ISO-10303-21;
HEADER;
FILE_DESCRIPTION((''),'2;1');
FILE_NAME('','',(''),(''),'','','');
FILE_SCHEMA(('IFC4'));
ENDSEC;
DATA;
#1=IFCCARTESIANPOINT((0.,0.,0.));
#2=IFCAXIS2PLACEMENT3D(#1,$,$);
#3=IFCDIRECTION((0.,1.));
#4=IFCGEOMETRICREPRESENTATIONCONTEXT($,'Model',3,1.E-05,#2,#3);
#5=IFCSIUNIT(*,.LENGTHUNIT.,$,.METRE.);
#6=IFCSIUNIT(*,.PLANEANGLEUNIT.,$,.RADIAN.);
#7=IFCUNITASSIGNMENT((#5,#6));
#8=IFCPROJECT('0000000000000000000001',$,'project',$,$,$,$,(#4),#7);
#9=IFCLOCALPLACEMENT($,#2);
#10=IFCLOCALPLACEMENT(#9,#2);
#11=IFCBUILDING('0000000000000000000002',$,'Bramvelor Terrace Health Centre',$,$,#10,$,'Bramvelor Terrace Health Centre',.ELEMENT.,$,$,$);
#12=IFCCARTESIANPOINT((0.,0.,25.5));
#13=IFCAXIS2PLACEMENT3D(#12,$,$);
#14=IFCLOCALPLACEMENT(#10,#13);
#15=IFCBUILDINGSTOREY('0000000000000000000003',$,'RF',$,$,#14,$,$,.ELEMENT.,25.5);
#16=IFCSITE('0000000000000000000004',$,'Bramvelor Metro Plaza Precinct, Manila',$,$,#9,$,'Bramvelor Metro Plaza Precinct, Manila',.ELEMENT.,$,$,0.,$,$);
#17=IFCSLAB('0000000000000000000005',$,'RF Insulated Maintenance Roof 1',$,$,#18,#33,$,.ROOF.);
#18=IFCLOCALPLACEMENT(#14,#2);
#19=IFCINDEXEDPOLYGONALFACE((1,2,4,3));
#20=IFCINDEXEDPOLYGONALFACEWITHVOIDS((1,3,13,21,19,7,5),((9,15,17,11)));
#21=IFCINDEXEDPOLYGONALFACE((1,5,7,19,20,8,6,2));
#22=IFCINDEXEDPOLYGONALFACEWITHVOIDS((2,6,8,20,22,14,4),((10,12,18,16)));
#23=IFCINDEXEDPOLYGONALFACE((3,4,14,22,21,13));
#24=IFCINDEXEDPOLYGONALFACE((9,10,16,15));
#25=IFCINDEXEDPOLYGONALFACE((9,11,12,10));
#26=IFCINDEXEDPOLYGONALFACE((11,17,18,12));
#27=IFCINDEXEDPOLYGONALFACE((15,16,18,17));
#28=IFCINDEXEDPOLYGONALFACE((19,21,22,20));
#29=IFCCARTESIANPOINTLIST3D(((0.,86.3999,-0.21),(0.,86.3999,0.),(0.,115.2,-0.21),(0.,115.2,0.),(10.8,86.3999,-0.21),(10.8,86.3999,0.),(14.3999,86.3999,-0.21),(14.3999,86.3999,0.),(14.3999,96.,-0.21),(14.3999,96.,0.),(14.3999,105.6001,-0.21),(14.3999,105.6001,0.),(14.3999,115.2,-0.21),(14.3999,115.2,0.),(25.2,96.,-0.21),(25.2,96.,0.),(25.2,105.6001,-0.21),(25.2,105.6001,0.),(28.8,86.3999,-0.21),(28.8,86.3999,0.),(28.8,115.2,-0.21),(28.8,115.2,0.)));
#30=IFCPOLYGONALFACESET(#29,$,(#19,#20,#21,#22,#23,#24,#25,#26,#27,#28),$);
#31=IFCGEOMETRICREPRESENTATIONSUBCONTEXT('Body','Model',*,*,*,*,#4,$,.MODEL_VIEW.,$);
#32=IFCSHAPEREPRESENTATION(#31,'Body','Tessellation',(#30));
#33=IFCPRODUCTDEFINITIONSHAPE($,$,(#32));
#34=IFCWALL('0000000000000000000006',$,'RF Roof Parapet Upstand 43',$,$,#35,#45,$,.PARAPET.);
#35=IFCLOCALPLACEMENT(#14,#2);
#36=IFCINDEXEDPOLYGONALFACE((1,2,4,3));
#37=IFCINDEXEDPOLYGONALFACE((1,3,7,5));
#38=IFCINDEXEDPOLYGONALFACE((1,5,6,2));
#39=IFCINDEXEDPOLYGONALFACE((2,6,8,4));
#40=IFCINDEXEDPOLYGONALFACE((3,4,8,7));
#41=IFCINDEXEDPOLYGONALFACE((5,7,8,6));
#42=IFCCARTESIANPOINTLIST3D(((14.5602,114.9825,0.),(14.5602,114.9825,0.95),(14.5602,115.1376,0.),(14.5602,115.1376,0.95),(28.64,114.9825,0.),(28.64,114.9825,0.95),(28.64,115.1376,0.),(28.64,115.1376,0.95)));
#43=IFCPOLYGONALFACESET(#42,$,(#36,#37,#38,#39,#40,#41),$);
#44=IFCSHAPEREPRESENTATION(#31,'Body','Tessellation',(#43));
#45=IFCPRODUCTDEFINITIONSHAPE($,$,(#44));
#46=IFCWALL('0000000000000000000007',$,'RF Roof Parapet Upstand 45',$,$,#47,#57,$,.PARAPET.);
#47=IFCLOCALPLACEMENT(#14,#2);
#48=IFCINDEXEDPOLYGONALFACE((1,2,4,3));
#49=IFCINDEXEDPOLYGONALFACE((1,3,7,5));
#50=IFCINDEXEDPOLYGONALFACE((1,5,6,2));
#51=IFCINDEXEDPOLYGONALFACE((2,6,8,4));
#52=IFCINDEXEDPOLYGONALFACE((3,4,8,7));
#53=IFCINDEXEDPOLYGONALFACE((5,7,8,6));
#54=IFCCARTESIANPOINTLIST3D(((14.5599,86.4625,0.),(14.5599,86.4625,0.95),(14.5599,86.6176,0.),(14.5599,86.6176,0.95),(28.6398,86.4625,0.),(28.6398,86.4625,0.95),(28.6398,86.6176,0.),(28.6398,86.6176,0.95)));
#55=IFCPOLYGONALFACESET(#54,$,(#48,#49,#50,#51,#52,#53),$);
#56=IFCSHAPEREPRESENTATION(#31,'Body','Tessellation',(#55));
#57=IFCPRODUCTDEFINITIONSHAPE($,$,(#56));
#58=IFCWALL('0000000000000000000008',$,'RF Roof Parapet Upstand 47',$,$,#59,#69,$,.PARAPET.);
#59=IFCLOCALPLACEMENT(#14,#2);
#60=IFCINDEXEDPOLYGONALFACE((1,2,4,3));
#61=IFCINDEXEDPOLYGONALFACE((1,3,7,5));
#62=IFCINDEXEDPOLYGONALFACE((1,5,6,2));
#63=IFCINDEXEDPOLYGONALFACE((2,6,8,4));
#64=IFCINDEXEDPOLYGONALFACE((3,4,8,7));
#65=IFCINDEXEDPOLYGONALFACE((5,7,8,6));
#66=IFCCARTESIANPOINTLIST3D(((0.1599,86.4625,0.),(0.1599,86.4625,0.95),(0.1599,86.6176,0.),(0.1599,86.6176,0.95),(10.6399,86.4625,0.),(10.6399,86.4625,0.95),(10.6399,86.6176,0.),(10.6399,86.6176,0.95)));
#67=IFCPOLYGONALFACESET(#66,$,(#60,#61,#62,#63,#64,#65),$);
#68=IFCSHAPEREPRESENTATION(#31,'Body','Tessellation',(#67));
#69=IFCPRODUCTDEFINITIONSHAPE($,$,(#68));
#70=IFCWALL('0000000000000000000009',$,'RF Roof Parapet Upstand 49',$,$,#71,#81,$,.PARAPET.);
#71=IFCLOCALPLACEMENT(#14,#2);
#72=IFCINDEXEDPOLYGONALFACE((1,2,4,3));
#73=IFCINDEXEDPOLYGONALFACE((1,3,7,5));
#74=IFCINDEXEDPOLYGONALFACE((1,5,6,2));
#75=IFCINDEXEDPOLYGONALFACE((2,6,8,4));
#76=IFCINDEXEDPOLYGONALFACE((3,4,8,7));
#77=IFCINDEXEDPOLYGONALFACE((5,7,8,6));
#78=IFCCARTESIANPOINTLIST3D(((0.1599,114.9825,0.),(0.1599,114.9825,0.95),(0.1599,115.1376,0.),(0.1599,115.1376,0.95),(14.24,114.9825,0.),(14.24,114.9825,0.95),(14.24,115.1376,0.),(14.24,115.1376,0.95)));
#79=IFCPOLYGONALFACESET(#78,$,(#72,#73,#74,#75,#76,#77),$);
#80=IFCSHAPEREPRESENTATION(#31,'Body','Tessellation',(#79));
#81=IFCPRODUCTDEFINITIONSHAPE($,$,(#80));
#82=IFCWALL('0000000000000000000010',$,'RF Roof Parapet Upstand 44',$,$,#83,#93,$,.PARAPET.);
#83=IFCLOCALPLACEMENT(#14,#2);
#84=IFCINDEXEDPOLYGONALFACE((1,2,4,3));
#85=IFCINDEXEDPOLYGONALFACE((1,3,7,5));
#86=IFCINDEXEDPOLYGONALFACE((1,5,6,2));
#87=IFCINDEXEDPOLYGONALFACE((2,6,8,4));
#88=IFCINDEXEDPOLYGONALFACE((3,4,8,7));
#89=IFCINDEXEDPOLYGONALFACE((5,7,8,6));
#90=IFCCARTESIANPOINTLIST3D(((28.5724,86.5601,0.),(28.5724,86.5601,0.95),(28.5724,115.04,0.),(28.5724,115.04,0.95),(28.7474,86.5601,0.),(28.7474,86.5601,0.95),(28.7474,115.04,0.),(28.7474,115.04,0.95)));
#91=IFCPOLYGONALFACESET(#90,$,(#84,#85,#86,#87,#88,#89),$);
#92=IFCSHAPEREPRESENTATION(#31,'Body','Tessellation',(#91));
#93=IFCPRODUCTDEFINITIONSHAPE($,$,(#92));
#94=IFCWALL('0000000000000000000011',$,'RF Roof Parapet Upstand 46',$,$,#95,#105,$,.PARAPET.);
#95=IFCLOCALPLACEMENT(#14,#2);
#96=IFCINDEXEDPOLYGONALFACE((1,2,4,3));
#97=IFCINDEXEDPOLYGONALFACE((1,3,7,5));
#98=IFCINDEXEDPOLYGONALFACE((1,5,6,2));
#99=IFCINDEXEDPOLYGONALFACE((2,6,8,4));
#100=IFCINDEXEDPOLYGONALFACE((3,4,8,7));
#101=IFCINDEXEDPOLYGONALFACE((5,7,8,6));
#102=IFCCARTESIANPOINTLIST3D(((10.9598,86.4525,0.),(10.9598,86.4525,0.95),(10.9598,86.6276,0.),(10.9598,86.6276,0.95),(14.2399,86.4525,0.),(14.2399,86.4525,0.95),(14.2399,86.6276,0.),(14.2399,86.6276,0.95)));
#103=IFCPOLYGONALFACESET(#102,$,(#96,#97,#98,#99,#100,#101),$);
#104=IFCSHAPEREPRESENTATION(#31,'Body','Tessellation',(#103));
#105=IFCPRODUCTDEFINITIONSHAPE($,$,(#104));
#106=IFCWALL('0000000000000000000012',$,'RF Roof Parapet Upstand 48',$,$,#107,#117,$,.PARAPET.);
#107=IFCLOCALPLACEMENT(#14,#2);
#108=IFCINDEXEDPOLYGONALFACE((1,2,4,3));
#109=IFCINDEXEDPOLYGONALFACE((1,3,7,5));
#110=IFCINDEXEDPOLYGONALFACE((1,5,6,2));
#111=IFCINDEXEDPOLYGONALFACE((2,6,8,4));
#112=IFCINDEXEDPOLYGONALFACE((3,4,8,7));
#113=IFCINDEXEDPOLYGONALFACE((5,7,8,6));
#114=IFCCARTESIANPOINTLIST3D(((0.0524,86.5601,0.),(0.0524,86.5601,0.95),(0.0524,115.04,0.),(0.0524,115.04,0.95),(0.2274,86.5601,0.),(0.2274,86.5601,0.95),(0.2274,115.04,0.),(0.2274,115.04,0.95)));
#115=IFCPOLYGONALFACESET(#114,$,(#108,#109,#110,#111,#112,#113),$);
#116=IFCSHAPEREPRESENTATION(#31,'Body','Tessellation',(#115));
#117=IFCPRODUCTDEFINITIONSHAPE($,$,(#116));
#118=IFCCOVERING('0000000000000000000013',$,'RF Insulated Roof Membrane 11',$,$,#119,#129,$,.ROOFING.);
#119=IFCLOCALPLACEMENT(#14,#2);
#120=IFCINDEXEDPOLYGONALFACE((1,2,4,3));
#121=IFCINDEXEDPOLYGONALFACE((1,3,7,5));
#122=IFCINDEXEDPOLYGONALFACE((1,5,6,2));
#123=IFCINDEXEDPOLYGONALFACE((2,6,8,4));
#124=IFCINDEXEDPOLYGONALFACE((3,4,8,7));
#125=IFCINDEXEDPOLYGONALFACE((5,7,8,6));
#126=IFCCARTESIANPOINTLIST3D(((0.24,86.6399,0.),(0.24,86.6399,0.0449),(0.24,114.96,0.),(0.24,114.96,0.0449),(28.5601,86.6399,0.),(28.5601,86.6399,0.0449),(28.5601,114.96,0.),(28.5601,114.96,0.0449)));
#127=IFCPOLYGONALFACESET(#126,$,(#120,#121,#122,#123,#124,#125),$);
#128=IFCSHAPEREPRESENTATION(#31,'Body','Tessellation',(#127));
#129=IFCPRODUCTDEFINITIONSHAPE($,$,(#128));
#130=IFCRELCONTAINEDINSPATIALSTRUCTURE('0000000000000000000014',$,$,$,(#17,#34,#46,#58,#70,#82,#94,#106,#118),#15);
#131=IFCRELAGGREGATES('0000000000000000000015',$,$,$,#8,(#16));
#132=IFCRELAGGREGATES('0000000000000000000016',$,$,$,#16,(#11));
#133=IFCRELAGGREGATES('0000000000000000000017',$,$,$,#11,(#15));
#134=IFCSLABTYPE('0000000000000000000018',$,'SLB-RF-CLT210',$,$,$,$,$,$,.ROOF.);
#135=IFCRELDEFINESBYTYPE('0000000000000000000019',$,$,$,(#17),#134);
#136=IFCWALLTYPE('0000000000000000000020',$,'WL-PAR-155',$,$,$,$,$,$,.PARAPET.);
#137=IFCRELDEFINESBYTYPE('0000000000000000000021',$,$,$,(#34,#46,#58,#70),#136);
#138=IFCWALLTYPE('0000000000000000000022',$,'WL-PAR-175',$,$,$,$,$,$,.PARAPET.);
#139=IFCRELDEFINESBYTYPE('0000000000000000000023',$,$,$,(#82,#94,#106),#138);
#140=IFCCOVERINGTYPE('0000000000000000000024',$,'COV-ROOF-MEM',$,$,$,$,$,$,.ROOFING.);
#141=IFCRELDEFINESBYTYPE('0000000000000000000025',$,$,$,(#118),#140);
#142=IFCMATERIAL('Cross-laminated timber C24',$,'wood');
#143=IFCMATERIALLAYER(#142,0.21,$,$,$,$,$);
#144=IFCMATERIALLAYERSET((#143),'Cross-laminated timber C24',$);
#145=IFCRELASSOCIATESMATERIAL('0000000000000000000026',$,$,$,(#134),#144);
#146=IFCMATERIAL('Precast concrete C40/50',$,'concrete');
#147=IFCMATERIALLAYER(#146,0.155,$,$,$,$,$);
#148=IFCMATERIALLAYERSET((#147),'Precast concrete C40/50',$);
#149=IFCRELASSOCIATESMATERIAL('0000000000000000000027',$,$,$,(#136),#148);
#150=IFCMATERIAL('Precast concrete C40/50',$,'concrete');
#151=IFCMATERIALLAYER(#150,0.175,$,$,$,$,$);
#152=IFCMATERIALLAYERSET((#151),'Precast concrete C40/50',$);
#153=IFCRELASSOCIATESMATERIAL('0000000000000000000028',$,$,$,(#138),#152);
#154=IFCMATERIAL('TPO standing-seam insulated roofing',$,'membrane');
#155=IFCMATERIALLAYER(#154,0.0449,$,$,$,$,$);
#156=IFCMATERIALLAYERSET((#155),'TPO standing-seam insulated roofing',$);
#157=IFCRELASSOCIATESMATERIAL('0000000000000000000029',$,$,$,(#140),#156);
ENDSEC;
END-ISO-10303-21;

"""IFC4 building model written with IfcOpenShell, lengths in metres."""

from ifc_helpers import new_model, si_unit, direction, frame, frame_2d, origin, place, context, subcontext, project, spatial, polyline, rectangle, outline, extrude, material, layer, layer_set, type_object, element, save


model = new_model("IFC4")

# Units and contexts
model_context = context("Model", 3, precision=1e-05, world=origin(), true_north=direction((0.0, 1.0)))
body_context = subcontext(model_context, "Body", "Model", "MODEL_VIEW")
ifc_project = project(units=[si_unit("LENGTHUNIT", "METRE"), si_unit("PLANEANGLEUNIT", "RADIAN")], contexts=[model_context])

# Site, building, storey
site_placement = place(None, origin())
site = spatial("IfcSite", under=ifc_project, at=site_placement, Name="Bramvelor Metro Plaza Precinct, Manila", LongName="Bramvelor Metro Plaza Precinct, Manila", CompositionType="ELEMENT", RefElevation=0.0)
building_placement = place(site_placement, origin())
building = spatial("IfcBuilding", under=site, at=building_placement, Name="Bramvelor Terrace Health Centre", LongName="Bramvelor Terrace Health Centre", CompositionType="ELEMENT")
storey_placement = place(building_placement, frame((0.0, 0.0, 25.5)))
storey = spatial("IfcBuildingStorey", under=building, at=storey_placement, Name="RF", CompositionType="ELEMENT", Elevation=25.5)

# Slab
ifc_material_1 = material(Name="Cross-laminated timber C24", Category="wood")
ifc_layer_1 = layer(ifc_material_1, 0.21)
ifc_layer_set_1 = layer_set([ifc_layer_1], Name="Cross-laminated timber C24")
slab_type = type_object("IfcSlabType", Name="SLB-RF-CLT210", PredefinedType="ROOF", material=ifc_layer_set_1)
slab_placement = place(storey_placement, frame((0.0, 0.0, -0.21)))
element("IfcSlab", 1, at=slab_placement, inside=storey, type_object=slab_type, Name="RF Insulated Maintenance Roof 1", PredefinedType="ROOF", context=body_context, shape_type="SweptSolid", body=[
    extrude(outline(polyline([(14.3999, 115.2), (28.8, 115.2), (28.8, 86.3999), (14.3999, 86.3999), (10.8, 86.3999), (0.0, 86.3999), (0.0, 115.2), (14.3999, 115.2)]), holes=[polyline([(25.2, 105.6001), (14.3999, 105.6001), (14.3999, 96.0), (25.2, 96.0), (25.2, 105.6001)])]), origin(), (0.0, 0.0, 1.0), 0.21),
])

# Walls
ifc_material_2 = material(Name="Precast concrete C40/50", Category="concrete")
ifc_layer_2 = layer(ifc_material_2, 0.155)
ifc_layer_set_2 = layer_set([ifc_layer_2], Name="Precast concrete C40/50")
wall_type_1 = type_object("IfcWallType", Name="WL-PAR-155", PredefinedType="PARAPET", material=ifc_layer_set_2)
for number, where, z_axis, x_axis, name in (
    (2, (14.5601, 115.0601, 0.0), (0.0, 0.0, 1.0), (1.0, 0.0, 0.0), "RF Roof Parapet Upstand 43"),
    (3, (28.6399, 86.54, 0.0), (0.0, 0.0, 1.0), (-1.0, 0.0, 0.0), "RF Roof Parapet Upstand 45"),
):
    element("IfcWall", number, at=place(storey_placement, frame(where, z_axis=z_axis, x_axis=x_axis)), inside=storey, type_object=wall_type_1, Name=name, PredefinedType="PARAPET", context=body_context, shape_type="SweptSolid", body=[
        extrude(rectangle(XDim=14.0798, YDim=0.155, at=frame_2d((7.04, 0.0))), origin(), (0.0, 0.0, 1.0), 0.95),
    ])
wall_1_placement = place(storey_placement, frame((10.6399, 86.54, 0.0), z_axis=(0.0, 0.0, 1.0), x_axis=(-1.0, 0.0, 0.0)))
element("IfcWall", 4, at=wall_1_placement, inside=storey, type_object=wall_type_1, Name="RF Roof Parapet Upstand 47", PredefinedType="PARAPET", context=body_context, shape_type="SweptSolid", body=[
    extrude(rectangle(XDim=10.48, YDim=0.155, at=frame_2d((5.24, 0.0))), origin(), (0.0, 0.0, 1.0), 0.95),
])
wall_2_placement = place(storey_placement, frame((0.1599, 115.0601, 0.0), z_axis=(0.0, 0.0, 1.0), x_axis=(1.0, 0.0, 0.0)))
element("IfcWall", 5, at=wall_2_placement, inside=storey, type_object=wall_type_1, Name="RF Roof Parapet Upstand 49", PredefinedType="PARAPET", context=body_context, shape_type="SweptSolid", body=[
    extrude(rectangle(XDim=14.0801, YDim=0.155, at=frame_2d((7.04, 0.0))), origin(), (0.0, 0.0, 1.0), 0.95),
])
ifc_material_3 = material(Name="Precast concrete C40/50", Category="concrete")
ifc_layer_3 = layer(ifc_material_3, 0.175)
ifc_layer_set_3 = layer_set([ifc_layer_3], Name="Precast concrete C40/50")
wall_type_2 = type_object("IfcWallType", Name="WL-PAR-175", PredefinedType="PARAPET", material=ifc_layer_set_3)
wall_3_placement = place(storey_placement, frame((28.6599, 115.04, 0.0), z_axis=(0.0, 0.0, 1.0), x_axis=(0.0, -1.0, 0.0)))
element("IfcWall", 6, at=wall_3_placement, inside=storey, type_object=wall_type_2, Name="RF Roof Parapet Upstand 44", PredefinedType="PARAPET", context=body_context, shape_type="SweptSolid", body=[
    extrude(rectangle(XDim=28.48, YDim=0.175, at=frame_2d((14.24, 0.0))), origin(), (0.0, 0.0, 1.0), 0.95),
])
wall_4_placement = place(storey_placement, frame((14.24, 86.54, 0.0), z_axis=(0.0, 0.0, 1.0), x_axis=(-1.0, 0.0, 0.0)))
element("IfcWall", 7, at=wall_4_placement, inside=storey, type_object=wall_type_2, Name="RF Roof Parapet Upstand 46", PredefinedType="PARAPET", context=body_context, shape_type="SweptSolid", body=[
    extrude(rectangle(XDim=3.28, YDim=0.175, at=frame_2d((1.6401, 0.0))), origin(), (0.0, 0.0, 1.0), 0.95),
])
wall_5_placement = place(storey_placement, frame((0.1399, 86.5601, 0.0), z_axis=(0.0, 0.0, 1.0), x_axis=(0.0, 1.0, 0.0)))
element("IfcWall", 8, at=wall_5_placement, inside=storey, type_object=wall_type_2, Name="RF Roof Parapet Upstand 48", PredefinedType="PARAPET", context=body_context, shape_type="SweptSolid", body=[
    extrude(rectangle(XDim=28.48, YDim=0.175, at=frame_2d((14.24, 0.0))), origin(), (0.0, 0.0, 1.0), 0.95),
])

# Covering
ifc_material_4 = material(Name="TPO standing-seam insulated roofing", Category="membrane")
ifc_layer_4 = layer(ifc_material_4, 0.0449)
ifc_layer_set_4 = layer_set([ifc_layer_4], Name="TPO standing-seam insulated roofing")
covering_type = type_object("IfcCoveringType", Name="COV-ROOF-MEM", PredefinedType="ROOFING", material=ifc_layer_set_4)
covering_placement = place(storey_placement, origin())
element("IfcCovering", 9, at=covering_placement, inside=storey, type_object=covering_type, Name="RF Insulated Roof Membrane 11", PredefinedType="ROOFING", context=body_context, shape_type="SweptSolid", body=[
    extrude(outline(polyline([(28.5601, 114.96), (28.5601, 86.6399), (0.24, 86.6399), (0.24, 114.96), (28.5601, 114.96)])), origin(), (0.0, 0.0, 1.0), 0.0449),
])

save(model, "model.ifc")
